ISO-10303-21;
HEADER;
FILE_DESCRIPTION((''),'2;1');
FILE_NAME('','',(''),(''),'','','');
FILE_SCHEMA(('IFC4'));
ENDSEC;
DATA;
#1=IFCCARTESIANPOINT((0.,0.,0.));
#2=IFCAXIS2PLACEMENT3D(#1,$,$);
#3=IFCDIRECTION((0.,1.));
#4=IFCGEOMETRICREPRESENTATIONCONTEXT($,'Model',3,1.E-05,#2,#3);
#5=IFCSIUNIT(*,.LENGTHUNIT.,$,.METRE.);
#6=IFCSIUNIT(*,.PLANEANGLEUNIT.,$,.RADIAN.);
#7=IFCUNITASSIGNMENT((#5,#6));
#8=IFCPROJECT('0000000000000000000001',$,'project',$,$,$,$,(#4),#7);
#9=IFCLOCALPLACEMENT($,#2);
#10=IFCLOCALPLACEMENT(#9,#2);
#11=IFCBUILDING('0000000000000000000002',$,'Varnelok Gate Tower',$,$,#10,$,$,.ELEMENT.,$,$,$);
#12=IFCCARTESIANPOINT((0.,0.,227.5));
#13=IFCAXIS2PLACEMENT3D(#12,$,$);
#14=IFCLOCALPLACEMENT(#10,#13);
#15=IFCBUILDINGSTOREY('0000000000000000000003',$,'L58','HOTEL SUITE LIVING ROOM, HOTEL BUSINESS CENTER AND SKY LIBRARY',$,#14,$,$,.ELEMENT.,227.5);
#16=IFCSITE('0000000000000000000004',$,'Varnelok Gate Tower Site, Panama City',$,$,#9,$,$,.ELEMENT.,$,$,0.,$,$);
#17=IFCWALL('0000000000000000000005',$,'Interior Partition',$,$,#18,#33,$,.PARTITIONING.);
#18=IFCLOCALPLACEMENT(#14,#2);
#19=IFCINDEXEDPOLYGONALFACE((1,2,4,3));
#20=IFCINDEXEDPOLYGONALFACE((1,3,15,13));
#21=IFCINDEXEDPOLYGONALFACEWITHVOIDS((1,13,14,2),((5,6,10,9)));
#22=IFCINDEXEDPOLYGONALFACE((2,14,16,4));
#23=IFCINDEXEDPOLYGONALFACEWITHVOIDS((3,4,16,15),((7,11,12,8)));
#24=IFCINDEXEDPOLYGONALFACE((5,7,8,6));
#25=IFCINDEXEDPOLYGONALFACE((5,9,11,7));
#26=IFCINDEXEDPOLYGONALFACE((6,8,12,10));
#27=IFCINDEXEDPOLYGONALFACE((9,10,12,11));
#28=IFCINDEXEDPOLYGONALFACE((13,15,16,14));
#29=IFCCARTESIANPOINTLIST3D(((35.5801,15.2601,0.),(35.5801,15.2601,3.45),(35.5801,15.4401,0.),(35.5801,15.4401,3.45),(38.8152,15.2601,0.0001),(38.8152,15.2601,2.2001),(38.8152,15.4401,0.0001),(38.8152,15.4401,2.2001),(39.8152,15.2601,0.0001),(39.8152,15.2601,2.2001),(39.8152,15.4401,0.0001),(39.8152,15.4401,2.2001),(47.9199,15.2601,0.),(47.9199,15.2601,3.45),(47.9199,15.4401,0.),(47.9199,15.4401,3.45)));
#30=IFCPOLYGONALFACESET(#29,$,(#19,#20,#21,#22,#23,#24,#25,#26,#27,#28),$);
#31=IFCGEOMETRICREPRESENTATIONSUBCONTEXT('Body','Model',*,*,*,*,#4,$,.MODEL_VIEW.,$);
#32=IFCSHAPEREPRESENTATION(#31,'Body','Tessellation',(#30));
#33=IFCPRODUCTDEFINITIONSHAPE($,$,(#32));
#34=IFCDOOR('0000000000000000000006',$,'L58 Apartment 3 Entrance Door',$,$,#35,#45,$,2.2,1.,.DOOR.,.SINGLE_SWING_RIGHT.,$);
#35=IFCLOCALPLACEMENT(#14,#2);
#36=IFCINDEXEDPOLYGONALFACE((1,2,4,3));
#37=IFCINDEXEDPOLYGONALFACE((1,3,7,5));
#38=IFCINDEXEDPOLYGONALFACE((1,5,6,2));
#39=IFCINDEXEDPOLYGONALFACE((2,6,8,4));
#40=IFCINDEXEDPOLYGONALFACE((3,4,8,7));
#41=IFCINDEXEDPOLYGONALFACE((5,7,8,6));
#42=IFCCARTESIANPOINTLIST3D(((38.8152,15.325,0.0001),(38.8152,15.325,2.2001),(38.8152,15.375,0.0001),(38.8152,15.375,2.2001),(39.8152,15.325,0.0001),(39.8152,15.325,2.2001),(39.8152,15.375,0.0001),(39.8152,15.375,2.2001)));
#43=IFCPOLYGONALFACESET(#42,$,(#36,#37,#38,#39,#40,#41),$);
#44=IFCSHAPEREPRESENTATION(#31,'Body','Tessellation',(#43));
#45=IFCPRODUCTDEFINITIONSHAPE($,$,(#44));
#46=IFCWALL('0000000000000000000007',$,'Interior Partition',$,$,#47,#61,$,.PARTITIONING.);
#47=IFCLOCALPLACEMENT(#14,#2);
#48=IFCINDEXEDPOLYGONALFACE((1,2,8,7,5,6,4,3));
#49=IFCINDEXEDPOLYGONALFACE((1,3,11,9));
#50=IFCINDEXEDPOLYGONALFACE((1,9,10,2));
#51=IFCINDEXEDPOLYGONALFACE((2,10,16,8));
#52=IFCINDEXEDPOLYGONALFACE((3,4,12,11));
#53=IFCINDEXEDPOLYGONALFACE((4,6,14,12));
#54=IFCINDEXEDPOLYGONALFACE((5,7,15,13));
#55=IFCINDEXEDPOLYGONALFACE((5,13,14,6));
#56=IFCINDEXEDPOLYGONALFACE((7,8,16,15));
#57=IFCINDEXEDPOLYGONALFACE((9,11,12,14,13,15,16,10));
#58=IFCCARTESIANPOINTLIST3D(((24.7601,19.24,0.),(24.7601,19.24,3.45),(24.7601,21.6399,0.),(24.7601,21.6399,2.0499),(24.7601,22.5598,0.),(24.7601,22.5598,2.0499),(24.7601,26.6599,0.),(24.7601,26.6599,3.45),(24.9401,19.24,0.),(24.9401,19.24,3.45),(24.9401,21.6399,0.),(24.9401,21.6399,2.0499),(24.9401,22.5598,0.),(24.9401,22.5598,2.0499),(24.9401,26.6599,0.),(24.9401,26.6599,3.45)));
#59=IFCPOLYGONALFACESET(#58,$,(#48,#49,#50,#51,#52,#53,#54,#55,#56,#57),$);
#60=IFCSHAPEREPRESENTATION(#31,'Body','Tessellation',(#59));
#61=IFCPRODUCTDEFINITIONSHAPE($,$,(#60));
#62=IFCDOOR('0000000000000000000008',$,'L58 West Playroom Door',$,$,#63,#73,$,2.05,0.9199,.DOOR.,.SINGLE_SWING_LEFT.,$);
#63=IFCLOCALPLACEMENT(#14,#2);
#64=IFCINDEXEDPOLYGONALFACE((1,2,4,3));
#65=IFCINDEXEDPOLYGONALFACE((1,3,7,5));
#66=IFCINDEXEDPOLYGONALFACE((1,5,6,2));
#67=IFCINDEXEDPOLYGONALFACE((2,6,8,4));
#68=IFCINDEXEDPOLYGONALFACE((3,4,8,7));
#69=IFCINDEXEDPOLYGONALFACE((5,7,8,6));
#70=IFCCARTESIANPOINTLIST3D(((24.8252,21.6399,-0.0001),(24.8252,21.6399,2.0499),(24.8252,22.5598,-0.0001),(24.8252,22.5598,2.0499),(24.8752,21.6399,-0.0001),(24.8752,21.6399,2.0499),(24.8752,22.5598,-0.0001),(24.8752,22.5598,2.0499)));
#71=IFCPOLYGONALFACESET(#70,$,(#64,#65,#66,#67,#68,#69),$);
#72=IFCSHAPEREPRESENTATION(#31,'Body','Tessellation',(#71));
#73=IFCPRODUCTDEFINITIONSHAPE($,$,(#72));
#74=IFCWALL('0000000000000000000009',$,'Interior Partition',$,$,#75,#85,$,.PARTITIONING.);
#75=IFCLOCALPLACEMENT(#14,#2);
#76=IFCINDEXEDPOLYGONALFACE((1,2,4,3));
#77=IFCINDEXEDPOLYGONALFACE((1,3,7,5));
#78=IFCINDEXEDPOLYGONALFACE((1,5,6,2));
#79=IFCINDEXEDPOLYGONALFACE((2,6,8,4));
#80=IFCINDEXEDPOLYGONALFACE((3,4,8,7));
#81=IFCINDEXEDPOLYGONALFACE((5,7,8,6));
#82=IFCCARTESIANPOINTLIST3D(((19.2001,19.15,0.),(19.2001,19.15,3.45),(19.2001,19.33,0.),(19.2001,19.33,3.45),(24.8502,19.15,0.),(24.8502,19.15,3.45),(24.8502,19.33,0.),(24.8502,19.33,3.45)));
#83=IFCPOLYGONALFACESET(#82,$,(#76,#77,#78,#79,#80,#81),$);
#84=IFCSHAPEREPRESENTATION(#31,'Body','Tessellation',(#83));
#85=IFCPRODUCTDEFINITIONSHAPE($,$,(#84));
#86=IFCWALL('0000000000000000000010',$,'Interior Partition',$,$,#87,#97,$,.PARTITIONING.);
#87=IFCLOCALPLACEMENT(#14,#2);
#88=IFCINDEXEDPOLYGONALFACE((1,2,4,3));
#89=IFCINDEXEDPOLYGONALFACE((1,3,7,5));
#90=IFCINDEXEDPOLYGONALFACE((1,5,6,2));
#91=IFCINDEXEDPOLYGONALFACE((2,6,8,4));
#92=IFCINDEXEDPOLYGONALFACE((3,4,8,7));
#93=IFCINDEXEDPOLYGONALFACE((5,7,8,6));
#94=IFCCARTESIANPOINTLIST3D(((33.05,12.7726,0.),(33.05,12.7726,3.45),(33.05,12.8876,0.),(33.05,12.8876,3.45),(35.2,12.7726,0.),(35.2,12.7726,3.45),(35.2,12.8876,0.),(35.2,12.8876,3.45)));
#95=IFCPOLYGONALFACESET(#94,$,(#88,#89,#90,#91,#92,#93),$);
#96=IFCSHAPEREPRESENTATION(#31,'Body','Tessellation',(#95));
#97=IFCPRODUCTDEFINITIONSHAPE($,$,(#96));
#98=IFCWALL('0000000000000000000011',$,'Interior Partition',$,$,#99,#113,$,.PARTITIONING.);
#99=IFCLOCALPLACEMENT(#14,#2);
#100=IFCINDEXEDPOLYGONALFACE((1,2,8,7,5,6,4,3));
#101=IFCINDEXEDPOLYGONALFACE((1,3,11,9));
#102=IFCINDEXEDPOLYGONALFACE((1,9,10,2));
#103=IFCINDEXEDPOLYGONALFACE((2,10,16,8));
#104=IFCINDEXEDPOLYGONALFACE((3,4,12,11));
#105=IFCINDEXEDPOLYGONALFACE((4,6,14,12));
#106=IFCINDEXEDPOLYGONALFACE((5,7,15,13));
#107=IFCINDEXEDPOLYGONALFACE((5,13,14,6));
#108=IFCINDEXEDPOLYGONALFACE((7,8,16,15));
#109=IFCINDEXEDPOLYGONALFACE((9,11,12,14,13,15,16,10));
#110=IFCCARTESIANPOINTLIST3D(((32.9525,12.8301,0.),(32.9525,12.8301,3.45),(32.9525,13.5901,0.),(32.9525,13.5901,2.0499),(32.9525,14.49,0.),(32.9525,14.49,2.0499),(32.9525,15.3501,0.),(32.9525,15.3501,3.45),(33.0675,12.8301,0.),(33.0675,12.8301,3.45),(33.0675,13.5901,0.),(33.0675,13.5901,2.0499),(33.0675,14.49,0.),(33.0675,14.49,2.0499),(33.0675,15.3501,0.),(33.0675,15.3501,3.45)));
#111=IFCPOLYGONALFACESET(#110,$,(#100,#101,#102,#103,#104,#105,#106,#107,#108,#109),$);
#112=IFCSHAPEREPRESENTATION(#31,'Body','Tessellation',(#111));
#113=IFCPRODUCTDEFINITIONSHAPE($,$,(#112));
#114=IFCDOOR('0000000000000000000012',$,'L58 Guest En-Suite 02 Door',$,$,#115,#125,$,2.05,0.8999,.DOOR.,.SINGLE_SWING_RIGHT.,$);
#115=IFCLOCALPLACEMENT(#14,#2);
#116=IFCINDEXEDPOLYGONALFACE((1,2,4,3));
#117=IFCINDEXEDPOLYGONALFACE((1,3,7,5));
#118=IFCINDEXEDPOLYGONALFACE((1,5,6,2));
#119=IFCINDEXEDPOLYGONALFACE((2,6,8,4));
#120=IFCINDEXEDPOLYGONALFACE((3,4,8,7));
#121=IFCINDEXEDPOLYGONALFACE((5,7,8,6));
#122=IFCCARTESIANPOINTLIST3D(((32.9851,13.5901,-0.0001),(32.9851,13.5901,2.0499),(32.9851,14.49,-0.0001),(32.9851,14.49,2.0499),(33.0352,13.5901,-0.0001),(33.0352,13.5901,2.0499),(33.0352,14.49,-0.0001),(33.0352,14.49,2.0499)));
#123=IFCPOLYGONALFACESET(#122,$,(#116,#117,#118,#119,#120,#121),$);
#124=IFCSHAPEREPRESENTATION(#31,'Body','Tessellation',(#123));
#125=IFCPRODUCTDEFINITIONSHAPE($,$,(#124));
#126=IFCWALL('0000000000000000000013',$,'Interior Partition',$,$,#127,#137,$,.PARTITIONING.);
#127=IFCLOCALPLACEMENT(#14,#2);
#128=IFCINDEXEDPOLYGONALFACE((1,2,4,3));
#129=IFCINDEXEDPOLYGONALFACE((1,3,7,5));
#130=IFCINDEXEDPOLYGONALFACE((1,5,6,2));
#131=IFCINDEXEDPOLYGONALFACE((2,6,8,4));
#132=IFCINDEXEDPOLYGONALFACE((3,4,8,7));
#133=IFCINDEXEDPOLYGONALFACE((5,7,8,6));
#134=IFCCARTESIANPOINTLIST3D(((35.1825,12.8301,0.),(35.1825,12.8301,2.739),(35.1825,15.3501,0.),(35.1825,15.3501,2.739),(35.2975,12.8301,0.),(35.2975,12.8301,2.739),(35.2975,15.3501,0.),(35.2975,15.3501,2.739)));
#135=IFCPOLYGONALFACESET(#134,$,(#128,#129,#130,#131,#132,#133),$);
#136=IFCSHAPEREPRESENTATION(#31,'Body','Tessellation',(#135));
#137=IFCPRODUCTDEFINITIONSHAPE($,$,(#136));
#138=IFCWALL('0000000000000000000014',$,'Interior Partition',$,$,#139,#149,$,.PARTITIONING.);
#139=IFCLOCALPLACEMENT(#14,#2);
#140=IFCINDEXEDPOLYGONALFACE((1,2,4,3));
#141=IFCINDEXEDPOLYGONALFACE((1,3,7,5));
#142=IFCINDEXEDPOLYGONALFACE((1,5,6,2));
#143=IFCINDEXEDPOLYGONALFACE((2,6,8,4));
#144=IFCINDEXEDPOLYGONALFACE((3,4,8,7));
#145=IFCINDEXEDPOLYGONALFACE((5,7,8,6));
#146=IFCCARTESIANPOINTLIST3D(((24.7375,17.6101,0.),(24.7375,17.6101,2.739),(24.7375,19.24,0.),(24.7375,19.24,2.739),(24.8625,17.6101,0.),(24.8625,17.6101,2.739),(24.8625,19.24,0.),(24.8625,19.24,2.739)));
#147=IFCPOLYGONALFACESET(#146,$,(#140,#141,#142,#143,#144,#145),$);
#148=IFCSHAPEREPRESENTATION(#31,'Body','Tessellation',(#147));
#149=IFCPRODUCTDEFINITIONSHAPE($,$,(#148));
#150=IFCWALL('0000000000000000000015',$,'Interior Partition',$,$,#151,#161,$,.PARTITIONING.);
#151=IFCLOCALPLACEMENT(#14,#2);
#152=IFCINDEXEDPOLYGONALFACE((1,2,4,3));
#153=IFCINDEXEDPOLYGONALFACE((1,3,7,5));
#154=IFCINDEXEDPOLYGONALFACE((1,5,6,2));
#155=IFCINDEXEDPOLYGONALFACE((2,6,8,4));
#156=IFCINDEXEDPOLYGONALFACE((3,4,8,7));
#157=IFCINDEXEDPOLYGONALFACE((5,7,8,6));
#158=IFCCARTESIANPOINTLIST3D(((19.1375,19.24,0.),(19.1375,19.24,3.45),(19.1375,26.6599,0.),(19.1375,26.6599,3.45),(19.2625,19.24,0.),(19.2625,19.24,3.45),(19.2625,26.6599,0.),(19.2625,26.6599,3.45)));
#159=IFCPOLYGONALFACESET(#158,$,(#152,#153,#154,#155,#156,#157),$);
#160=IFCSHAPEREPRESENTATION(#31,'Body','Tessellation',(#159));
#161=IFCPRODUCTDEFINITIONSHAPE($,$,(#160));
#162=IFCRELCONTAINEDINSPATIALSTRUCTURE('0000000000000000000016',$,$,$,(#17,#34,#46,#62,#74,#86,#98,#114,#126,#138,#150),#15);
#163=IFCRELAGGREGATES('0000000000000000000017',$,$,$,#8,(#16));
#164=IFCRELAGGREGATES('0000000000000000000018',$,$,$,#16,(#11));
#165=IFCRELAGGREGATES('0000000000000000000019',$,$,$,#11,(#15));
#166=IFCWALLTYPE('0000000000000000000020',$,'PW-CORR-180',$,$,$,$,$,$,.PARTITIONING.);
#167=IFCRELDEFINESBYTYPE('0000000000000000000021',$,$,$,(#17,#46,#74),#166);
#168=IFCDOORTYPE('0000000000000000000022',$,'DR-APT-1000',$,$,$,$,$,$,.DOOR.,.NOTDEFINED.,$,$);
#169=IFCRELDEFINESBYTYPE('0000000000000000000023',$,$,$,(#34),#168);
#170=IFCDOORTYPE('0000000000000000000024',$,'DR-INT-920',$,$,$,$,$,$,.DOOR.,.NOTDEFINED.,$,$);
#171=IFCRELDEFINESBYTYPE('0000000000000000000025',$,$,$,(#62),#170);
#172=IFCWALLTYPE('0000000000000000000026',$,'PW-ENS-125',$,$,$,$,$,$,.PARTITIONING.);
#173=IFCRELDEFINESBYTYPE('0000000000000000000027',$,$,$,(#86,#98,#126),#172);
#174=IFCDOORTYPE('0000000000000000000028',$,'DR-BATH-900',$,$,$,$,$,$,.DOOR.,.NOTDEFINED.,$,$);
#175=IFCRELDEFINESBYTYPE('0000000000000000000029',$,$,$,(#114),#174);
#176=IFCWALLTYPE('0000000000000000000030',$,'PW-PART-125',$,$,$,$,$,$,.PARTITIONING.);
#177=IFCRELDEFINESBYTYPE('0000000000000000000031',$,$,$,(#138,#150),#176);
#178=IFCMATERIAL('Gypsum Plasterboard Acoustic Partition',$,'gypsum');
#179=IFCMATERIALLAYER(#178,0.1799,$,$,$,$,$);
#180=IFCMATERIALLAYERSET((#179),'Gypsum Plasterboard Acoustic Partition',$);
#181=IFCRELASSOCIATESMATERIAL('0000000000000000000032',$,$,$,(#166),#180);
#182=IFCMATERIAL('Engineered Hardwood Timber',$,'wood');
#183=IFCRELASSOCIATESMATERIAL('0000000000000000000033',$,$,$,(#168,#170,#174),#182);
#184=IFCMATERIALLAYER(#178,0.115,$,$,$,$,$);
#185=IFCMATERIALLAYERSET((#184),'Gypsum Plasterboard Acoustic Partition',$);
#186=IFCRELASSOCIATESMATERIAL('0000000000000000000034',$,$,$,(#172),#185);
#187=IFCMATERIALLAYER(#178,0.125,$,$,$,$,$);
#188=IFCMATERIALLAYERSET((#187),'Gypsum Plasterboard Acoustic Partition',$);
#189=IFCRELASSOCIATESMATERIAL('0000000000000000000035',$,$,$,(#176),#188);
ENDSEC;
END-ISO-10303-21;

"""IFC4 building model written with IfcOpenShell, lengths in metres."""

from ifc_helpers import new_model, si_unit, direction, frame, frame_2d, origin, place, context, subcontext, project, spatial, rectangle, extrude, material, layer, layer_set, type_object, element, fill, save


model = new_model("IFC4")

# Units and contexts
model_context = context("Model", 3, precision=1e-05, world=origin(), true_north=direction((0.0, 1.0)))
body_context = subcontext(model_context, "Body", "Model", "MODEL_VIEW")
ifc_project = project(units=[si_unit("LENGTHUNIT", "METRE"), si_unit("PLANEANGLEUNIT", "RADIAN")], contexts=[model_context])

# Site, building, storey
site_placement = place(None, origin())
site = spatial("IfcSite", under=ifc_project, at=site_placement, Name="Varnelok Gate Tower Site, Panama City", CompositionType="ELEMENT", RefElevation=0.0)
building_placement = place(site_placement, origin())
building = spatial("IfcBuilding", under=site, at=building_placement, Name="Varnelok Gate Tower", CompositionType="ELEMENT")
storey_placement = place(building_placement, frame((0.0, 0.0, 227.5)))
storey = spatial("IfcBuildingStorey", under=building, at=storey_placement, Name="L58", Description="HOTEL SUITE LIVING ROOM, HOTEL BUSINESS CENTER AND SKY LIBRARY", CompositionType="ELEMENT", Elevation=227.5)

# Walls, openings, doors
ifc_material_1 = material(Name="Gypsum Plasterboard Acoustic Partition", Category="gypsum")
ifc_layer_1 = layer(ifc_material_1, 0.1799)
ifc_layer_set_1 = layer_set([ifc_layer_1], Name="Gypsum Plasterboard Acoustic Partition")
wall_type_1 = type_object("IfcWallType", Name="PW-CORR-180", PredefinedType="PARTITIONING", material=ifc_layer_set_1)
ifc_material_2 = material(Name="Engineered Hardwood Timber", Category="wood")
wall_1_placement = place(storey_placement, frame((35.5801, 15.3501, 0.0), z_axis=(0.0, 0.0, 1.0), x_axis=(1.0, 0.0, 0.0)))
wall_1 = element("IfcWall", 1, at=wall_1_placement, inside=storey, type_object=wall_type_1, Name="Interior Partition", PredefinedType="PARTITIONING", context=body_context, shape_type="SweptSolid", body=[
    extrude(rectangle(XDim=12.3398, YDim=0.1799, at=frame_2d((6.1699, 0.0))), origin(), (0.0, 0.0, 1.0), 3.45),
])
opening_1_placement = place(wall_1_placement, frame((3.2351, 0.0, 0.0)))
opening_1 = element("IfcOpeningElement", 2, at=opening_1_placement, cuts=wall_1, PredefinedType="OPENING", context=body_context, shape_type="SweptSolid", body=[
    extrude(rectangle(XDim=1.0, YDim=2.2, at=frame_2d((0.5, 1.1001))), frame((0.0, 0.0999, 0.0), z_axis=(0.0, -1.0, 0.0), x_axis=(1.0, 0.0, 0.0)), (0.0, 0.0, 1.0), 0.2),
])
door_type_1 = type_object("IfcDoorType", Name="DR-APT-1000", OperationType="NOTDEFINED", PredefinedType="DOOR", material=ifc_material_2)
door_1_placement = place(opening_1_placement, origin())
door_1 = element("IfcDoor", 3, at=door_1_placement, inside=storey, type_object=door_type_1, Name="L58 Apartment 3 Entrance Door", OperationType="SINGLE_SWING_RIGHT", OverallHeight=2.2, OverallWidth=1.0, PredefinedType="DOOR", context=body_context, shape_type="SweptSolid", body=[
    extrude(rectangle(XDim=1.0, YDim=2.2, at=frame_2d((0.5, 1.1001))), frame((0.0, 0.0249, 0.0), z_axis=(0.0, -1.0, 0.0), x_axis=(1.0, 0.0, 0.0)), (0.0, 0.0, 1.0), 0.05),
])
fill(opening_1, door_1)
wall_2_placement = place(storey_placement, frame((24.8501, 19.24, 0.0), z_axis=(0.0, 0.0, 1.0), x_axis=(0.0, 1.0, 0.0)))
wall_2 = element("IfcWall", 4, at=wall_2_placement, inside=storey, type_object=wall_type_1, Name="Interior Partition", PredefinedType="PARTITIONING", context=body_context, shape_type="SweptSolid", body=[
    extrude(rectangle(XDim=7.4199, YDim=0.1799, at=frame_2d((3.71, 0.0))), origin(), (0.0, 0.0, 1.0), 3.45),
])
opening_2_placement = place(wall_2_placement, frame((2.3999, 0.0, 0.0)))
opening_2 = element("IfcOpeningElement", 5, at=opening_2_placement, cuts=wall_2, PredefinedType="OPENING", context=body_context, shape_type="SweptSolid", body=[
    extrude(rectangle(XDim=0.9199, YDim=2.05, at=frame_2d((0.46, 1.0249))), frame((0.0, 0.0999, 0.0), z_axis=(0.0, -1.0, 0.0), x_axis=(1.0, 0.0, 0.0)), (0.0, 0.0, 1.0), 0.2),
])
door_type_2 = type_object("IfcDoorType", Name="DR-INT-920", OperationType="NOTDEFINED", PredefinedType="DOOR", material=ifc_material_2)
door_2_placement = place(opening_2_placement, origin())
door_2 = element("IfcDoor", 6, at=door_2_placement, inside=storey, type_object=door_type_2, Name="L58 West Playroom Door", OperationType="SINGLE_SWING_LEFT", OverallHeight=2.05, OverallWidth=0.9199, PredefinedType="DOOR", context=body_context, shape_type="SweptSolid", body=[
    extrude(rectangle(XDim=0.9199, YDim=2.05, at=frame_2d((0.46, 1.0249))), frame((0.0, 0.0249, 0.0), z_axis=(0.0, -1.0, 0.0), x_axis=(1.0, 0.0, 0.0)), (0.0, 0.0, 1.0), 0.05),
])
fill(opening_2, door_2)

# Walls
wall_3_placement = place(storey_placement, frame((19.2, 19.24, 0.0), z_axis=(0.0, 0.0, 1.0), x_axis=(1.0, 0.0, 0.0)))
element("IfcWall", 7, at=wall_3_placement, inside=storey, type_object=wall_type_1, Name="Interior Partition", PredefinedType="PARTITIONING", context=body_context, shape_type="SweptSolid", body=[
    extrude(rectangle(XDim=5.6501, YDim=0.1799, at=frame_2d((2.8252, 0.0))), origin(), (0.0, 0.0, 1.0), 3.45),
])
ifc_layer_2 = layer(ifc_material_1, 0.115)
ifc_layer_set_2 = layer_set([ifc_layer_2], Name="Gypsum Plasterboard Acoustic Partition")
wall_type_2 = type_object("IfcWallType", Name="PW-ENS-125", PredefinedType="PARTITIONING", material=ifc_layer_set_2)
wall_4_placement = place(storey_placement, frame((33.05, 12.8301, 0.0), z_axis=(0.0, 0.0, 1.0), x_axis=(1.0, 0.0, 0.0)))
element("IfcWall", 8, at=wall_4_placement, inside=storey, type_object=wall_type_2, Name="Interior Partition", PredefinedType="PARTITIONING", context=body_context, shape_type="SweptSolid", body=[
    extrude(rectangle(XDim=2.1499, YDim=0.115, at=frame_2d((1.075, 0.0))), origin(), (0.0, 0.0, 1.0), 3.45),
])

# Wall, opening, door
wall_5_placement = place(storey_placement, frame((33.01, 12.8301, 0.0), z_axis=(0.0, 0.0, 1.0), x_axis=(0.0, 1.0, 0.0)))
wall_5 = element("IfcWall", 9, at=wall_5_placement, inside=storey, type_object=wall_type_2, Name="Interior Partition", PredefinedType="PARTITIONING", context=body_context, shape_type="SweptSolid", body=[
    extrude(rectangle(XDim=2.52, YDim=0.115, at=frame_2d((1.26, 0.0))), origin(), (0.0, 0.0, 1.0), 3.45),
])
opening_3_placement = place(wall_5_placement, frame((0.76, 0.0, 0.0)))
opening_3 = element("IfcOpeningElement", 10, at=opening_3_placement, cuts=wall_5, PredefinedType="OPENING", context=body_context, shape_type="SweptSolid", body=[
    extrude(rectangle(XDim=0.8999, YDim=2.05, at=frame_2d((0.45, 1.0249))), frame((0.0, 0.0674, 0.0), z_axis=(0.0, -1.0, 0.0), x_axis=(1.0, 0.0, 0.0)), (0.0, 0.0, 1.0), 0.135),
])
door_type_3 = type_object("IfcDoorType", Name="DR-BATH-900", OperationType="NOTDEFINED", PredefinedType="DOOR", material=ifc_material_2)
door_3_placement = place(opening_3_placement, origin())
door_3 = element("IfcDoor", 11, at=door_3_placement, inside=storey, type_object=door_type_3, Name="L58 Guest En-Suite 02 Door", OperationType="SINGLE_SWING_RIGHT", OverallHeight=2.05, OverallWidth=0.8999, PredefinedType="DOOR", context=body_context, shape_type="SweptSolid", body=[
    extrude(rectangle(XDim=0.8999, YDim=2.05, at=frame_2d((0.45, 1.0249))), frame((0.0, 0.0249, 0.0), z_axis=(0.0, -1.0, 0.0), x_axis=(1.0, 0.0, 0.0)), (0.0, 0.0, 1.0), 0.05),
])
fill(opening_3, door_3)

# Walls
wall_6_placement = place(storey_placement, frame((35.24, 12.8301, 0.0), z_axis=(0.0, 0.0, 1.0), x_axis=(0.0, 1.0, 0.0)))
element("IfcWall", 12, at=wall_6_placement, inside=storey, type_object=wall_type_2, Name="Interior Partition", PredefinedType="PARTITIONING", context=body_context, shape_type="SweptSolid", body=[
    extrude(rectangle(XDim=2.52, YDim=0.115, at=frame_2d((1.26, 0.0))), origin(), (0.0, 0.0, 1.0), 2.739),
])
ifc_layer_3 = layer(ifc_material_1, 0.125)
ifc_layer_set_3 = layer_set([ifc_layer_3], Name="Gypsum Plasterboard Acoustic Partition")
wall_type_3 = type_object("IfcWallType", Name="PW-PART-125", PredefinedType="PARTITIONING", material=ifc_layer_set_3)
wall_7_placement = place(storey_placement, frame((24.8, 17.6101, 0.0), z_axis=(0.0, 0.0, 1.0), x_axis=(0.0, 1.0, 0.0)))
element("IfcWall", 13, at=wall_7_placement, inside=storey, type_object=wall_type_3, Name="Interior Partition", PredefinedType="PARTITIONING", context=body_context, shape_type="SweptSolid", body=[
    extrude(rectangle(XDim=1.6299, YDim=0.125, at=frame_2d((0.8149, 0.0))), origin(), (0.0, 0.0, 1.0), 2.739),
])
wall_8_placement = place(storey_placement, frame((19.2, 19.24, 0.0), z_axis=(0.0, 0.0, 1.0), x_axis=(0.0, 1.0, 0.0)))
element("IfcWall", 14, at=wall_8_placement, inside=storey, type_object=wall_type_3, Name="Interior Partition", PredefinedType="PARTITIONING", context=body_context, shape_type="SweptSolid", body=[
    extrude(rectangle(XDim=7.4199, YDim=0.125, at=frame_2d((3.71, 0.0))), origin(), (0.0, 0.0, 1.0), 3.45),
])

save(model, "model.ifc")
